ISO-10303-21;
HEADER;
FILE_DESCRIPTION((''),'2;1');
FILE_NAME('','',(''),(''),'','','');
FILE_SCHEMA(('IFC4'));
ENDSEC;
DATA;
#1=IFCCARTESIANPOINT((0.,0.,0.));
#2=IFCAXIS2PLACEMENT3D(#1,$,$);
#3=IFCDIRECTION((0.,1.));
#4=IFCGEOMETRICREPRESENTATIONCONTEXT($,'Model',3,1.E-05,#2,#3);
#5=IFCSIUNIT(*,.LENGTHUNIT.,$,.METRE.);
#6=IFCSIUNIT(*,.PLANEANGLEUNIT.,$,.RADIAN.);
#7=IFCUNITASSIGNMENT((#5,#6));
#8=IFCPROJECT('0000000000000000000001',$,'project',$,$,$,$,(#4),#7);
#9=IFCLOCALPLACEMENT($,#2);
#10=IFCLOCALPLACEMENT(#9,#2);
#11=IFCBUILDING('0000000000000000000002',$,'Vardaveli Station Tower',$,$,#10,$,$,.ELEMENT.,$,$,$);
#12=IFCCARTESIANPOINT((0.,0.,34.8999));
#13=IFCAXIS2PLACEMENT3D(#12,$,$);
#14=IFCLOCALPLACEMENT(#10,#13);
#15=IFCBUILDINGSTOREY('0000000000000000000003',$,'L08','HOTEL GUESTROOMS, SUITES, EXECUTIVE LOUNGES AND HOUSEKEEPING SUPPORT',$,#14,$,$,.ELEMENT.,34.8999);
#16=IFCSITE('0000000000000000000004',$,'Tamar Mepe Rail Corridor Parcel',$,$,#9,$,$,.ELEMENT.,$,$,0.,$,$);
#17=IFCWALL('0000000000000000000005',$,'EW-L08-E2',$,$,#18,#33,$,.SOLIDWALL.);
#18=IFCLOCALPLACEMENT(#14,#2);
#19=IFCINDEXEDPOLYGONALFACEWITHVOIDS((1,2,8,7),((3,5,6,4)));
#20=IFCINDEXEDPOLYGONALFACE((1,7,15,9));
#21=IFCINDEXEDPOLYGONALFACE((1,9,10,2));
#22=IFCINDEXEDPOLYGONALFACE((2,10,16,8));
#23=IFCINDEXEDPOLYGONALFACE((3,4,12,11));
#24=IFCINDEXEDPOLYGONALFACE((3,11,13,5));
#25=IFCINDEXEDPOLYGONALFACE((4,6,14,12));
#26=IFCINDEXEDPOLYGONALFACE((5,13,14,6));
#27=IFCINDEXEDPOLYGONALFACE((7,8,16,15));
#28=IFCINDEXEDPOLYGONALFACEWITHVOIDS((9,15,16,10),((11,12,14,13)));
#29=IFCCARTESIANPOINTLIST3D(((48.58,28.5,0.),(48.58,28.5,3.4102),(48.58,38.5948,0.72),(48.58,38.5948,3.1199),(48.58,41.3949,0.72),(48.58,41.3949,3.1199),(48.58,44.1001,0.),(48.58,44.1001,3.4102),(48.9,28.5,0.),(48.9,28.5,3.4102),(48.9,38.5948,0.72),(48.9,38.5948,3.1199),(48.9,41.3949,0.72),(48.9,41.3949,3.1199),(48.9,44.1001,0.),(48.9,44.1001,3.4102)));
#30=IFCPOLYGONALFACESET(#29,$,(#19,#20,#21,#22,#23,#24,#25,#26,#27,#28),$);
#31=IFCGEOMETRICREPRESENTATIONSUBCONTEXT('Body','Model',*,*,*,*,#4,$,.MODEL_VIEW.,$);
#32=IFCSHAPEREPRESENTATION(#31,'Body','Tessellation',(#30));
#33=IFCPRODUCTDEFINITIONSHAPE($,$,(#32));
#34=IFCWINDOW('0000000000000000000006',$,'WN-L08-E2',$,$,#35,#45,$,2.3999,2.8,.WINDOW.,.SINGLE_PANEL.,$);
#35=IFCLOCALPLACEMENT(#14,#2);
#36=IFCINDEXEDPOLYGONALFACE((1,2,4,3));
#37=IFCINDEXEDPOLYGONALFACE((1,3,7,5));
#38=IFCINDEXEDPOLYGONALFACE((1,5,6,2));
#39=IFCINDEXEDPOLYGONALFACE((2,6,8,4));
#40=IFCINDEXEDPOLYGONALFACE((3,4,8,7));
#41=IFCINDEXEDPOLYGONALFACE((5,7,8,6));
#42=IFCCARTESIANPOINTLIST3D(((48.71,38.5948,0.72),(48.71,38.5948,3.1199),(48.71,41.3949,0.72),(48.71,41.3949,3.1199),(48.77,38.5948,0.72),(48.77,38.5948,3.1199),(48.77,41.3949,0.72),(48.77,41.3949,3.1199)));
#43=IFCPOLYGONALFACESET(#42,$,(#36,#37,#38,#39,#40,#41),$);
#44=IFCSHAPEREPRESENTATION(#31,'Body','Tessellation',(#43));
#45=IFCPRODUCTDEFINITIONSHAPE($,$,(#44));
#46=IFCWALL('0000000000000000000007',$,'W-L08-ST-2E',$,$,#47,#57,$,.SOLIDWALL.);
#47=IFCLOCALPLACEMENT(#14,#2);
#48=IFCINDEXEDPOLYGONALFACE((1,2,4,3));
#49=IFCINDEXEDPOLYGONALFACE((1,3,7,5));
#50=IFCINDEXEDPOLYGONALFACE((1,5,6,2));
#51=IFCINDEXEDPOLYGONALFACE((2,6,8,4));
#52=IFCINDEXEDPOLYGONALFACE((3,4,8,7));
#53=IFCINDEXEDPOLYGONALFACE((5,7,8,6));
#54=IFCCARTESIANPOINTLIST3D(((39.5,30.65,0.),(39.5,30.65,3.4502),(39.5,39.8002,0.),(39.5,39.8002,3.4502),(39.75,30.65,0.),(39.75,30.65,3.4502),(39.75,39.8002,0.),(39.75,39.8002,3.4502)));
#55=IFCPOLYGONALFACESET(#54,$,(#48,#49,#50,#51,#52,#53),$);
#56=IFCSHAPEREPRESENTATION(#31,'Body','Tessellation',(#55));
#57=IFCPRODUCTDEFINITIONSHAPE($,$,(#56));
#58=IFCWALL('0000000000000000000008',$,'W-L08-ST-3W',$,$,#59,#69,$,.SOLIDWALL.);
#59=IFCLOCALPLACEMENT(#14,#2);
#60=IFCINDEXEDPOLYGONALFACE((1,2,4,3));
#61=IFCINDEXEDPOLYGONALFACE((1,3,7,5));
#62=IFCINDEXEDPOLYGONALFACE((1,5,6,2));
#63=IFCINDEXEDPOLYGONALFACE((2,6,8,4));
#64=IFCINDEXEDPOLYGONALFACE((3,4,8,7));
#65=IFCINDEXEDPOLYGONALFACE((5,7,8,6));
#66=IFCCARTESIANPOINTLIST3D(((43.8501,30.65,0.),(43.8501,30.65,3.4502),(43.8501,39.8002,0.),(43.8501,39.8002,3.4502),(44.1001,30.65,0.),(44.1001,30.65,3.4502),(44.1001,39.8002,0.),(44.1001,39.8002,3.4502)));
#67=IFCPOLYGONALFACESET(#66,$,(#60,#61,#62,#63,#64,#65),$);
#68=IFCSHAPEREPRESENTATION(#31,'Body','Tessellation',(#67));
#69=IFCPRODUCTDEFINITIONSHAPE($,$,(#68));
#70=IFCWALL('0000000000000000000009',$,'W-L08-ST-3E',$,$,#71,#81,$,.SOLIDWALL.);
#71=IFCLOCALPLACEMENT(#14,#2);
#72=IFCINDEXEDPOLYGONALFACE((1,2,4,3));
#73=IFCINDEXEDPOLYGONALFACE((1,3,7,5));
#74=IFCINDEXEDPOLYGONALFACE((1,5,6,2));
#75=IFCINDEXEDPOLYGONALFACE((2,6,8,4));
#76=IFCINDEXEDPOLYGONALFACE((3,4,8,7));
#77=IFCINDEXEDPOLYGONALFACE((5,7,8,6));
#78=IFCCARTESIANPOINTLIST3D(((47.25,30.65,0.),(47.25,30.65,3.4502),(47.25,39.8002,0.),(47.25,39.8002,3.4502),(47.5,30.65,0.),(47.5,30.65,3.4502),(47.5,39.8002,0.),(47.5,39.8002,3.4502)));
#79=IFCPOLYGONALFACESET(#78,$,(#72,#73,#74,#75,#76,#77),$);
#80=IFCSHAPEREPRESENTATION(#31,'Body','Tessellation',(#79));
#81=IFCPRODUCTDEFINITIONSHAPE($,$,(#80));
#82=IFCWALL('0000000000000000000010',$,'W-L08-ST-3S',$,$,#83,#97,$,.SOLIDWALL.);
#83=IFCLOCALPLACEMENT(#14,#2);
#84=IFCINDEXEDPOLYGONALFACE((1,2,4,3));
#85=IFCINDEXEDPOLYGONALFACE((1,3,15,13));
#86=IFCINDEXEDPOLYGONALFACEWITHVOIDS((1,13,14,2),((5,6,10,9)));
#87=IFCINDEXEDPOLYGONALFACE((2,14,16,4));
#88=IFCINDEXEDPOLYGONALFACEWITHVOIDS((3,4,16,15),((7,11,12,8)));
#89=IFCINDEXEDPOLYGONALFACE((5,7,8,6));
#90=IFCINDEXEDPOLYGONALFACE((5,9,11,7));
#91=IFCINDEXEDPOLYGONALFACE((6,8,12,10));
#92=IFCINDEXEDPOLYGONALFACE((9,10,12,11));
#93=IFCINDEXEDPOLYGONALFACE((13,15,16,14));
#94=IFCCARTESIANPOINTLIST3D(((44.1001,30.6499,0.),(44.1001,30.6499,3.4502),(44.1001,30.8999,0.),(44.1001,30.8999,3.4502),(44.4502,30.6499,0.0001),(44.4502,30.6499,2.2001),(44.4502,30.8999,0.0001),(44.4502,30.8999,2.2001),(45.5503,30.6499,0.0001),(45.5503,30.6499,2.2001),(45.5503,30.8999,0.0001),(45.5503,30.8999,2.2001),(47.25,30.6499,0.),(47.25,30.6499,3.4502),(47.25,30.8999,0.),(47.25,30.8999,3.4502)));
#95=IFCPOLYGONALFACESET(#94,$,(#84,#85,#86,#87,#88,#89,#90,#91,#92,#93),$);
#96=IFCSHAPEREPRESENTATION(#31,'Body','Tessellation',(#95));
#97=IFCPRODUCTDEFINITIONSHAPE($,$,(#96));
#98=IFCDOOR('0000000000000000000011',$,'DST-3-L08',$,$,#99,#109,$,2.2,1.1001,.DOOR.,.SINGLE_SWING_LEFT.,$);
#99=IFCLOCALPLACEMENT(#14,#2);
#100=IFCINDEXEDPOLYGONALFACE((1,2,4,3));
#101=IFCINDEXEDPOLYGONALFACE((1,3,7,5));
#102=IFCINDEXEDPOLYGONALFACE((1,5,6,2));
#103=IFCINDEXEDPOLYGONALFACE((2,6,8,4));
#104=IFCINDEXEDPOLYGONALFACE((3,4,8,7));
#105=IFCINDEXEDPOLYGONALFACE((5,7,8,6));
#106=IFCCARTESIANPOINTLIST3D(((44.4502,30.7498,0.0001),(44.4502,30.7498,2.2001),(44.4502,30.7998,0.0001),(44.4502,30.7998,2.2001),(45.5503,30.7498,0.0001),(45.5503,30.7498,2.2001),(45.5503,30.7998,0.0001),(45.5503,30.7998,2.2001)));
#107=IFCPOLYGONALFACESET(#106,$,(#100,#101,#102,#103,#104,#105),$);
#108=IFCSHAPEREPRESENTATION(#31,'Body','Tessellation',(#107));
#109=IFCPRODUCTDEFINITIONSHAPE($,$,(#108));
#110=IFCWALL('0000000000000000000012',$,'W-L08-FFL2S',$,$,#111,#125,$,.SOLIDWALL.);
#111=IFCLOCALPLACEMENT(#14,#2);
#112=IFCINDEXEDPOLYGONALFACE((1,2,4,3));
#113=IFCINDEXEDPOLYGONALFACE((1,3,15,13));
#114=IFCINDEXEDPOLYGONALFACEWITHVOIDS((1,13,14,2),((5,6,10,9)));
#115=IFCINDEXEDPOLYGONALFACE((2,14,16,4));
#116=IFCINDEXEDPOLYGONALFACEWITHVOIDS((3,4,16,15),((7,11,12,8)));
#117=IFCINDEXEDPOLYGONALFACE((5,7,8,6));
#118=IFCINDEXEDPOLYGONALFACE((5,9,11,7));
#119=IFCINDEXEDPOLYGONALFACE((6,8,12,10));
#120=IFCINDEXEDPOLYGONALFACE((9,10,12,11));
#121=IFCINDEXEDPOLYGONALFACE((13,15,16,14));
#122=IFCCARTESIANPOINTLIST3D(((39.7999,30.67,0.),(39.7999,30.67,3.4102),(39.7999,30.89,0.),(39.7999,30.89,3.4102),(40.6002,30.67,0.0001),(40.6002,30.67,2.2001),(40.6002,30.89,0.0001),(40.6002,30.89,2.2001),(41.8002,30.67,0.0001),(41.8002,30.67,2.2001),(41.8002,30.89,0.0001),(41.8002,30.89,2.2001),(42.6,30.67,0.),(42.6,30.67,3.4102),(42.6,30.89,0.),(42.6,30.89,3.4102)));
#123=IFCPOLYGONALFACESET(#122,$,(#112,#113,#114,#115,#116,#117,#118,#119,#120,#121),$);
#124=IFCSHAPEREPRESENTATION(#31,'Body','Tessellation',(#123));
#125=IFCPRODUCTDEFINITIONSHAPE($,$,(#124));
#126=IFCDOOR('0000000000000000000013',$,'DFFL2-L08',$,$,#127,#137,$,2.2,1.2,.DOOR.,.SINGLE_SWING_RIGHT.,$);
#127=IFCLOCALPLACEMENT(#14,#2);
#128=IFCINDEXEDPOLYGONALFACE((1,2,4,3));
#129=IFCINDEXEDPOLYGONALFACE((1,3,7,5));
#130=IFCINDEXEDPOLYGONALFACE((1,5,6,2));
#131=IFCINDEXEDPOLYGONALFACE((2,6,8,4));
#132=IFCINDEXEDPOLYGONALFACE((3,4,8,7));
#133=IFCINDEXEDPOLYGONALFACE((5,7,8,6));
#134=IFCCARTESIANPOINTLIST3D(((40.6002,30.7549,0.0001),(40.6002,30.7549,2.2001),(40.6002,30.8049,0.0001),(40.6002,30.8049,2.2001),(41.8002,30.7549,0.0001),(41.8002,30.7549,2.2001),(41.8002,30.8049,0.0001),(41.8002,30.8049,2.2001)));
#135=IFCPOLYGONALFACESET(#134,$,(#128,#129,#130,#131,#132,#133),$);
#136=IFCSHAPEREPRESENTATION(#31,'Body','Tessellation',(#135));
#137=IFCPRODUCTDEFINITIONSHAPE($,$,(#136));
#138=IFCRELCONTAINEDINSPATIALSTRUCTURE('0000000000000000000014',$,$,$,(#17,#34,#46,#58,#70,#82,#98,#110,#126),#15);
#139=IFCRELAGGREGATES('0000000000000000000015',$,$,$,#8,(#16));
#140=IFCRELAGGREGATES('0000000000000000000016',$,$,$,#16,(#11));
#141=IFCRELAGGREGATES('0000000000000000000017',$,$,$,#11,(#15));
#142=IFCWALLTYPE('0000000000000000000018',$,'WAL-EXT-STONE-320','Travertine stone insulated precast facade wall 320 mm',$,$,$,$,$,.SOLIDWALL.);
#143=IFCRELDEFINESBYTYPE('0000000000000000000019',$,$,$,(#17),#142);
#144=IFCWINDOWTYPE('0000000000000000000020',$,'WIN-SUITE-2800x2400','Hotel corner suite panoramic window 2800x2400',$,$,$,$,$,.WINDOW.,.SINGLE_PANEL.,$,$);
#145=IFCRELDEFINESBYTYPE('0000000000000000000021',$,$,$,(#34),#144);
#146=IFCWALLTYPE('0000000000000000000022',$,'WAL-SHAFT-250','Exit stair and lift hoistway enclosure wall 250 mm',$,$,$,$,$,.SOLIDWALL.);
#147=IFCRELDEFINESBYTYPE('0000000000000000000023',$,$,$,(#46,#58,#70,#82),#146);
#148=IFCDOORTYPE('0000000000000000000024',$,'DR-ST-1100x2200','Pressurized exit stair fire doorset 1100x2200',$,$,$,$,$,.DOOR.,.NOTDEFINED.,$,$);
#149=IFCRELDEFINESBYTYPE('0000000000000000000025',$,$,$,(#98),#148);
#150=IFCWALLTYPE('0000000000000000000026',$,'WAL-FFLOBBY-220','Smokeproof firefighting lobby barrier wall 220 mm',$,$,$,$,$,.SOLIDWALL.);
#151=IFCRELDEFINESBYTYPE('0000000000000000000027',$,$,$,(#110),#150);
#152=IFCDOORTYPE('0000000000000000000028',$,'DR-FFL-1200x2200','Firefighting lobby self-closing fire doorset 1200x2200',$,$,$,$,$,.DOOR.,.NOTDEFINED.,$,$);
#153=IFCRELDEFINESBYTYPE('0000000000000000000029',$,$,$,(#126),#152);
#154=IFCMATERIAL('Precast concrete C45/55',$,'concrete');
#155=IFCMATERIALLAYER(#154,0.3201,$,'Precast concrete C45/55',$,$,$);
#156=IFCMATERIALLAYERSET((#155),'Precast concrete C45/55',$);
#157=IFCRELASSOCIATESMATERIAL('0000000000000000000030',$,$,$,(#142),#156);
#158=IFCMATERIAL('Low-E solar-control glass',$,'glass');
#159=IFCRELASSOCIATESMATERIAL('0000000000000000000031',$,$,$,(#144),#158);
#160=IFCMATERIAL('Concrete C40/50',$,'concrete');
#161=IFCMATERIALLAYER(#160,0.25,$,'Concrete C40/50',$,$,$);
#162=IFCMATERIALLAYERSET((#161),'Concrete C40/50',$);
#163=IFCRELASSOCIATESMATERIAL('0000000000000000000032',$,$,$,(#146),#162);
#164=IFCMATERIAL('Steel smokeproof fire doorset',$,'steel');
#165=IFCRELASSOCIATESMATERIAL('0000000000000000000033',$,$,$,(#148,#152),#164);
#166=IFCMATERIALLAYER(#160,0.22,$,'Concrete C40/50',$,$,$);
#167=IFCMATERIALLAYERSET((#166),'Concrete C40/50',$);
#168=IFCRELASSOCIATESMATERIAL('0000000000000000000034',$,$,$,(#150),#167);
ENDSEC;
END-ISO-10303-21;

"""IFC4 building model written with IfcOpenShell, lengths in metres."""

from ifc_helpers import new_model, si_unit, direction, frame, frame_2d, origin, place, context, subcontext, project, spatial, rectangle, extrude, source, transform, mapped, material, layer, layer_set, type_object, element, fill, save


model = new_model("IFC4")

# Units and contexts
model_context = context("Model", 3, precision=1e-05, world=origin(), true_north=direction((0.0, 1.0)))
body_context = subcontext(model_context, "Body", "Model", "MODEL_VIEW")
ifc_project = project(units=[si_unit("LENGTHUNIT", "METRE"), si_unit("PLANEANGLEUNIT", "RADIAN")], contexts=[model_context])

# Site, building, storey
site_placement = place(None, origin())
site = spatial("IfcSite", under=ifc_project, at=site_placement, Name="Tamar Mepe Rail Corridor Parcel", CompositionType="ELEMENT", RefElevation=0.0)
building_placement = place(site_placement, origin())
building = spatial("IfcBuilding", under=site, at=building_placement, Name="Vardaveli Station Tower", CompositionType="ELEMENT")
storey_placement = place(building_placement, frame((0.0, 0.0, 34.8999)))
storey = spatial("IfcBuildingStorey", under=building, at=storey_placement, Name="L08", Description="HOTEL GUESTROOMS, SUITES, EXECUTIVE LOUNGES AND HOUSEKEEPING SUPPORT", CompositionType="ELEMENT", Elevation=34.8999)

# Shared definitions
ifc_material_1 = material(Name="Precast concrete C45/55", Category="concrete")

# Wall, opening, window
ifc_layer_1 = layer(ifc_material_1, 0.3201, Name="Precast concrete C45/55")
ifc_layer_set_1 = layer_set([ifc_layer_1], Name="Precast concrete C45/55")
wall_type_1 = type_object("IfcWallType", Name="WAL-EXT-STONE-320", Description="Travertine stone insulated precast facade wall 320 mm", PredefinedType="SOLIDWALL", material=ifc_layer_set_1)
shared_shape_1 = source(origin(), body_context, "Body", "SweptSolid", [
    extrude(rectangle(XDim=15.6001, YDim=0.3201, at=frame_2d((7.8, 0.0))), origin(), (0.0, 0.0, 1.0), 3.4102),
])
wall_1_placement = place(storey_placement, frame((48.74, 28.5, 0.0), z_axis=(0.0, 0.0, 1.0), x_axis=(0.0, 1.0, 0.0)))
wall_1 = element("IfcWall", 1, at=wall_1_placement, inside=storey, type_object=wall_type_1, Name="EW-L08-E2", PredefinedType="SOLIDWALL", context=body_context, shape_type="MappedRepresentation", body=[
    mapped(shared_shape_1, transform((0.0, 0.0, 0.0), scale=1.0)),
])
shared_shape_2 = source(origin(), body_context, "Body", "SweptSolid", [
    extrude(rectangle(XDim=2.8, YDim=2.3999, at=frame_2d((1.3999, 1.2))), frame((0.0, 0.1699, 0.0), z_axis=(0.0, -1.0, 0.0), x_axis=(1.0, 0.0, 0.0)), (0.0, 0.0, 1.0), 0.3401),
])
opening_1_placement = place(wall_1_placement, frame((10.095, 0.0, 0.72)))
opening_1 = element("IfcOpeningElement", 2, at=opening_1_placement, cuts=wall_1, PredefinedType="OPENING", context=body_context, shape_type="MappedRepresentation", body=[
    mapped(shared_shape_2, transform((0.0, 0.0, 0.0), scale=1.0)),
])
ifc_material_2 = material(Name="Low-E solar-control glass", Category="glass")
window_type = type_object("IfcWindowType", Name="WIN-SUITE-2800x2400", Description="Hotel corner suite panoramic window 2800x2400", PartitioningType="SINGLE_PANEL", PredefinedType="WINDOW", material=ifc_material_2)
shared_shape_3 = source(origin(), body_context, "Body", "SweptSolid", [
    extrude(rectangle(XDim=2.8, YDim=2.3999, at=frame_2d((1.3999, 1.2))), frame((0.0, 0.03, 0.0), z_axis=(0.0, -1.0, 0.0), x_axis=(1.0, 0.0, 0.0)), (0.0, 0.0, 1.0), 0.0601),
])
window_placement = place(opening_1_placement, origin())
window = element("IfcWindow", 3, at=window_placement, inside=storey, type_object=window_type, Name="WN-L08-E2", OverallHeight=2.3999, OverallWidth=2.8, PartitioningType="SINGLE_PANEL", PredefinedType="WINDOW", context=body_context, shape_type="MappedRepresentation", body=[
    mapped(shared_shape_3, transform((0.0, 0.0, 0.0), scale=1.0)),
])
fill(opening_1, window)

# Walls
ifc_material_3 = material(Name="Concrete C40/50", Category="concrete")
ifc_layer_2 = layer(ifc_material_3, 0.25, Name="Concrete C40/50")
ifc_layer_set_2 = layer_set([ifc_layer_2], Name="Concrete C40/50")
wall_type_2 = type_object("IfcWallType", Name="WAL-SHAFT-250", Description="Exit stair and lift hoistway enclosure wall 250 mm", PredefinedType="SOLIDWALL", material=ifc_layer_set_2)
shared_shape_4 = source(origin(), body_context, "Body", "SweptSolid", [
    extrude(rectangle(XDim=9.1501, YDim=0.25, at=frame_2d((4.5752, 0.0))), origin(), (0.0, 0.0, 1.0), 3.4502),
])
for number, where, z_axis, x_axis, name in (
    (4, (39.625, 30.6499, 0.0), (0.0, 0.0, 1.0), (0.0, 1.0, 0.0), "W-L08-ST-2E"),
    (5, (43.9751, 30.6499, 0.0), (0.0, 0.0, 1.0), (0.0, 1.0, 0.0), "W-L08-ST-3W"),
    (6, (47.375, 30.6499, 0.0), (0.0, 0.0, 1.0), (0.0, 1.0, 0.0), "W-L08-ST-3E"),
):
    element("IfcWall", number, at=place(storey_placement, frame(where, z_axis=z_axis, x_axis=x_axis)), inside=storey, type_object=wall_type_2, Name=name, PredefinedType="SOLIDWALL", context=body_context, shape_type="MappedRepresentation", body=[
        mapped(shared_shape_4, transform((0.0, 0.0, 0.0), scale=1.0)),
    ])

# Walls, openings, doors
shared_shape_5 = source(origin(), body_context, "Body", "SweptSolid", [
    extrude(rectangle(XDim=3.1499, YDim=0.25, at=frame_2d((1.575, 0.0))), origin(), (0.0, 0.0, 1.0), 3.4502),
])
wall_2_placement = place(storey_placement, frame((44.1001, 30.7749, 0.0), z_axis=(0.0, 0.0, 1.0), x_axis=(1.0, 0.0, 0.0)))
wall_2 = element("IfcWall", 7, at=wall_2_placement, inside=storey, type_object=wall_type_2, Name="W-L08-ST-3S", PredefinedType="SOLIDWALL", context=body_context, shape_type="MappedRepresentation", body=[
    mapped(shared_shape_5, transform((0.0, 0.0, 0.0), scale=1.0)),
])
shared_shape_6 = source(origin(), body_context, "Body", "SweptSolid", [
    extrude(rectangle(XDim=1.1001, YDim=2.2, at=frame_2d((0.55, 1.1001))), frame((0.0, 0.135, 0.0), z_axis=(0.0, -1.0, 0.0), x_axis=(1.0, 0.0, 0.0)), (0.0, 0.0, 1.0), 0.27),
])
opening_2_placement = place(wall_2_placement, frame((0.3501, 0.0, 0.0)))
opening_2 = element("IfcOpeningElement", 8, at=opening_2_placement, cuts=wall_2, PredefinedType="OPENING", context=body_context, shape_type="MappedRepresentation", body=[
    mapped(shared_shape_6, transform((0.0, 0.0, 0.0), scale=1.0)),
])
ifc_material_4 = material(Name="Steel smokeproof fire doorset", Category="steel")
door_type_1 = type_object("IfcDoorType", Name="DR-ST-1100x2200", Description="Pressurized exit stair fire doorset 1100x2200", OperationType="NOTDEFINED", PredefinedType="DOOR", material=ifc_material_4)
shared_shape_7 = source(origin(), body_context, "Body", "SweptSolid", [
    extrude(rectangle(XDim=1.1001, YDim=2.2, at=frame_2d((0.55, 1.1001))), frame((0.0, 0.0249, 0.0), z_axis=(0.0, -1.0, 0.0), x_axis=(1.0, 0.0, 0.0)), (0.0, 0.0, 1.0), 0.05),
])
door_1_placement = place(opening_2_placement, origin())
door_1 = element("IfcDoor", 9, at=door_1_placement, inside=storey, type_object=door_type_1, Name="DST-3-L08", OperationType="SINGLE_SWING_LEFT", OverallHeight=2.2, OverallWidth=1.1001, PredefinedType="DOOR", context=body_context, shape_type="MappedRepresentation", body=[
    mapped(shared_shape_7, transform((0.0, 0.0, 0.0), scale=1.0)),
])
fill(opening_2, door_1)
ifc_layer_3 = layer(ifc_material_3, 0.22, Name="Concrete C40/50")
ifc_layer_set_3 = layer_set([ifc_layer_3], Name="Concrete C40/50")
wall_type_3 = type_object("IfcWallType", Name="WAL-FFLOBBY-220", Description="Smokeproof firefighting lobby barrier wall 220 mm", PredefinedType="SOLIDWALL", material=ifc_layer_set_3)
shared_shape_8 = source(origin(), body_context, "Body", "SweptSolid", [
    extrude(rectangle(XDim=2.8, YDim=0.22, at=frame_2d((1.3999, 0.0))), origin(), (0.0, 0.0, 1.0), 3.4102),
])
wall_3_placement = place(storey_placement, frame((39.8, 30.78, 0.0), z_axis=(0.0, 0.0, 1.0), x_axis=(1.0, 0.0, 0.0)))
wall_3 = element("IfcWall", 10, at=wall_3_placement, inside=storey, type_object=wall_type_3, Name="W-L08-FFL2S", PredefinedType="SOLIDWALL", context=body_context, shape_type="MappedRepresentation", body=[
    mapped(shared_shape_8, transform((0.0, 0.0, 0.0), scale=1.0)),
])
shared_shape_9 = source(origin(), body_context, "Body", "SweptSolid", [
    extrude(rectangle(XDim=1.2, YDim=2.2, at=frame_2d((0.6001, 1.1001))), frame((0.0, 0.1201, 0.0), z_axis=(0.0, -1.0, 0.0), x_axis=(1.0, 0.0, 0.0)), (0.0, 0.0, 1.0), 0.24),
])
opening_3_placement = place(wall_3_placement, frame((0.8, 0.0, 0.0)))
opening_3 = element("IfcOpeningElement", 11, at=opening_3_placement, cuts=wall_3, PredefinedType="OPENING", context=body_context, shape_type="MappedRepresentation", body=[
    mapped(shared_shape_9, transform((0.0, 0.0, 0.0), scale=1.0)),
])
door_type_2 = type_object("IfcDoorType", Name="DR-FFL-1200x2200", Description="Firefighting lobby self-closing fire doorset 1200x2200", OperationType="NOTDEFINED", PredefinedType="DOOR", material=ifc_material_4)
shared_shape_10 = source(origin(), body_context, "Body", "SweptSolid", [
    extrude(rectangle(XDim=1.2, YDim=2.2, at=frame_2d((0.6001, 1.1001))), frame((0.0, 0.0249, 0.0), z_axis=(0.0, -1.0, 0.0), x_axis=(1.0, 0.0, 0.0)), (0.0, 0.0, 1.0), 0.05),
])
door_2_placement = place(opening_3_placement, origin())
door_2 = element("IfcDoor", 12, at=door_2_placement, inside=storey, type_object=door_type_2, Name="DFFL2-L08", OperationType="SINGLE_SWING_RIGHT", OverallHeight=2.2, OverallWidth=1.2, PredefinedType="DOOR", context=body_context, shape_type="MappedRepresentation", body=[
    mapped(shared_shape_10, transform((0.0, 0.0, 0.0), scale=1.0)),
])
fill(opening_3, door_2)

save(model, "model.ifc")
